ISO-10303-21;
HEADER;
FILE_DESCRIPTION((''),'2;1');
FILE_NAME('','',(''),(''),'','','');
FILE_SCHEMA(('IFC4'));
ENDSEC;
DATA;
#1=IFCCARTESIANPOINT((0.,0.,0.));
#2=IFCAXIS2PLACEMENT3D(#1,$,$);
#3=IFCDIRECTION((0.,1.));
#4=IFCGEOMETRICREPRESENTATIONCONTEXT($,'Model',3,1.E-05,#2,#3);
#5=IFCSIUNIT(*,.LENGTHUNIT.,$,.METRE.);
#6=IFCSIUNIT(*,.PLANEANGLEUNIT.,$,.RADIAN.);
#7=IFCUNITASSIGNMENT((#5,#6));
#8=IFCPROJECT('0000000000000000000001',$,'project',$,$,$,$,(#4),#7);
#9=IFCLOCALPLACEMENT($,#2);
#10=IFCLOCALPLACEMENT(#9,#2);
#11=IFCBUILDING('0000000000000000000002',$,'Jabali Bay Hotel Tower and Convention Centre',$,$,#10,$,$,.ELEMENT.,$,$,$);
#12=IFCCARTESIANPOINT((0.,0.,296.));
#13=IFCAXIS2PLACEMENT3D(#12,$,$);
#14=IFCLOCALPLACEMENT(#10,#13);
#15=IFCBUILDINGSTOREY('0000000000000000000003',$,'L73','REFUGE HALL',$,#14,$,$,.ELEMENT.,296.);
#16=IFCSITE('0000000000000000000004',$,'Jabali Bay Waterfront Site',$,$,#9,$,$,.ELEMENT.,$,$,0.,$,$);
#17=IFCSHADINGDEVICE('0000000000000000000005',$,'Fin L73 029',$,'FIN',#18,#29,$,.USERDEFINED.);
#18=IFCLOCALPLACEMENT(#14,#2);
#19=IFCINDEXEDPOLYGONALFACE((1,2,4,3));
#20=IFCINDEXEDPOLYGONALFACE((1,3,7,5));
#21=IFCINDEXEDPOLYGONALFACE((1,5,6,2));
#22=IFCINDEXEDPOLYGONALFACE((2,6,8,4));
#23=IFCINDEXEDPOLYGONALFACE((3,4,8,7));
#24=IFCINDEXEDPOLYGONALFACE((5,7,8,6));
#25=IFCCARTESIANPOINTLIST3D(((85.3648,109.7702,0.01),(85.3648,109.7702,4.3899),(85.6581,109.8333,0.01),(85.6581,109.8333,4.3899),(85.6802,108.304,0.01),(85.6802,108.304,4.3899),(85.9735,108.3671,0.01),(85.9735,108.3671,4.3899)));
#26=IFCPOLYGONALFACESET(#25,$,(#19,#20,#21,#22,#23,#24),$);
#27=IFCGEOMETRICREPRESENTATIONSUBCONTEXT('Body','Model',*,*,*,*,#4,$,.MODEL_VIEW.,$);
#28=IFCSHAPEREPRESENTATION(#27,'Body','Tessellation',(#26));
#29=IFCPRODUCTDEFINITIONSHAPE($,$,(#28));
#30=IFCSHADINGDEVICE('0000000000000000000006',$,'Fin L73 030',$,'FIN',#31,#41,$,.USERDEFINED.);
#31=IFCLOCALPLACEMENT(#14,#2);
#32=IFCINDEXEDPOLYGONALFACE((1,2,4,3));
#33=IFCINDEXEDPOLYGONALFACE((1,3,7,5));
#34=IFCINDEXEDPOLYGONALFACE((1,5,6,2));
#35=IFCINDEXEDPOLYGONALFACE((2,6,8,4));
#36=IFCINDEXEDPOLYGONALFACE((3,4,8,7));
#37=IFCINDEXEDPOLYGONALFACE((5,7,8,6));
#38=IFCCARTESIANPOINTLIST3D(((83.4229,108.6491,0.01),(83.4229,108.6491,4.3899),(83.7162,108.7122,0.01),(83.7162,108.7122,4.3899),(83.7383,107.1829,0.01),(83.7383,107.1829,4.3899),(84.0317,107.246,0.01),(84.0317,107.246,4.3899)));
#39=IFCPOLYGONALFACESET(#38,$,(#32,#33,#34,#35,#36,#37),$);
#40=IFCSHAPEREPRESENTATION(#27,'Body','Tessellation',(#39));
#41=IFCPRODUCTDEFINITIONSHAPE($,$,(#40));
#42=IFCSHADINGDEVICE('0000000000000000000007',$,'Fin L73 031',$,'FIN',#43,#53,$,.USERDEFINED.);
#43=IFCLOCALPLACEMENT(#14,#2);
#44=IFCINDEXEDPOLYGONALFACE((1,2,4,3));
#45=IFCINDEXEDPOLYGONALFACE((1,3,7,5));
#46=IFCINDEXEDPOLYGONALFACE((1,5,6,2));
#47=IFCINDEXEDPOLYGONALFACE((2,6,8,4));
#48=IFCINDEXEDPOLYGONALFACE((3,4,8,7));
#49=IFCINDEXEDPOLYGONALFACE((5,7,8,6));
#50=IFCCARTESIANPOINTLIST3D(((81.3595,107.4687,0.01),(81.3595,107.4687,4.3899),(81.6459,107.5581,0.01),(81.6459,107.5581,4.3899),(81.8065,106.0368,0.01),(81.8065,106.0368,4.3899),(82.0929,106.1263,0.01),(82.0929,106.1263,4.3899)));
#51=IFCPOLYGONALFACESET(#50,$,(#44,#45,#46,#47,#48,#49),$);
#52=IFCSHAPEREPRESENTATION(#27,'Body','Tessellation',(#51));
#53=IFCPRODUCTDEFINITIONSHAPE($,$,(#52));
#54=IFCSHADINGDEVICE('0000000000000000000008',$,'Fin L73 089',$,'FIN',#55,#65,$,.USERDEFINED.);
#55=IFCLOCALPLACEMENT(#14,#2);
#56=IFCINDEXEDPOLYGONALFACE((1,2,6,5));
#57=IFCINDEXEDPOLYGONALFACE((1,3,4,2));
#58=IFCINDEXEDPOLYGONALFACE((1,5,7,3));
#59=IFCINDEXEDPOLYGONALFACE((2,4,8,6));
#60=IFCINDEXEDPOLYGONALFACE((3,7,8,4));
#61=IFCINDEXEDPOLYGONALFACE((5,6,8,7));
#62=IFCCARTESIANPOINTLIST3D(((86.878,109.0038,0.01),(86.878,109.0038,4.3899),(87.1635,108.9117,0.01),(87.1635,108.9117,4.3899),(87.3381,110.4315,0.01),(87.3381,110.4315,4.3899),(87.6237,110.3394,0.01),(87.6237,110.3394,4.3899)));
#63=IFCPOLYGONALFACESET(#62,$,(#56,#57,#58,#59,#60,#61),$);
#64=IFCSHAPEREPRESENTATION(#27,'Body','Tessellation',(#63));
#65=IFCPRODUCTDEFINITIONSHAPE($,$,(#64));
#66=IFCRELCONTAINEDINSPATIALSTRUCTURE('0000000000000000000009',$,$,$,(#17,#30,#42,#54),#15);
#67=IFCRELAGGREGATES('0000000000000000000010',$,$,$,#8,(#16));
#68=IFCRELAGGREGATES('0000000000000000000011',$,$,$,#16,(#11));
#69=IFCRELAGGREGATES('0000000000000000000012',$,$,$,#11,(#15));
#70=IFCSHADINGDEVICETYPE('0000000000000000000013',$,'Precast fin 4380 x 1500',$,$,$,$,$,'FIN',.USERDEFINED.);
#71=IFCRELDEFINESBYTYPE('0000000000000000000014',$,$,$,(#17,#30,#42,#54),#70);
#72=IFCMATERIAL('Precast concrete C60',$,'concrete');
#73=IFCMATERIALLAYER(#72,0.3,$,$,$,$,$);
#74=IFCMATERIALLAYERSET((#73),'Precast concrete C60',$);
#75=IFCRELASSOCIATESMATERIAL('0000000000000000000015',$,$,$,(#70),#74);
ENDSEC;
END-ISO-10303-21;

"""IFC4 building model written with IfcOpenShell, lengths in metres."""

from ifc_helpers import new_model, si_unit, direction, frame, frame_2d, origin, place, context, subcontext, project, spatial, rectangle, extrude, material, layer, layer_set, type_object, element, save


model = new_model("IFC4")

# Units and contexts
model_context = context("Model", 3, precision=1e-05, world=origin(), true_north=direction((0.0, 1.0)))
body_context = subcontext(model_context, "Body", "Model", "MODEL_VIEW")
ifc_project = project(units=[si_unit("LENGTHUNIT", "METRE"), si_unit("PLANEANGLEUNIT", "RADIAN")], contexts=[model_context])

# Site, building, storey
site_placement = place(None, origin())
site = spatial("IfcSite", under=ifc_project, at=site_placement, Name="Jabali Bay Waterfront Site", CompositionType="ELEMENT", RefElevation=0.0)
building_placement = place(site_placement, origin())
building = spatial("IfcBuilding", under=site, at=building_placement, Name="Jabali Bay Hotel Tower and Convention Centre", CompositionType="ELEMENT")
storey_placement = place(building_placement, frame((0.0, 0.0, 296.0)))
storey = spatial("IfcBuildingStorey", under=building, at=storey_placement, Name="L73", Description="REFUGE HALL", CompositionType="ELEMENT", Elevation=296.0)

# Shading devices
ifc_material_1 = material(Name="Precast concrete C60", Category="concrete")
ifc_layer_1 = layer(ifc_material_1, 0.3)
ifc_layer_set_1 = layer_set([ifc_layer_1], Name="Precast concrete C60")
shading_device_type = type_object("IfcShadingDeviceType", Name="Precast fin 4380 x 1500", ElementType="FIN", PredefinedType="USERDEFINED", material=ifc_layer_set_1)
for number, where, z_axis, x_axis, name in (
    (1, (85.8269, 108.3354, 0.01), (0.0, 0.0, 1.0), (-0.210307, 0.977635, 0.0), "Fin L73 029"),
    (2, (83.885, 107.2144, 0.01), (0.0, 0.0, 1.0), (-0.210307, 0.977635, 0.0), "Fin L73 030"),
):
    element("IfcShadingDevice", number, at=place(storey_placement, frame(where, z_axis=z_axis, x_axis=x_axis)), inside=storey, type_object=shading_device_type, Name=name, ObjectType="FIN", PredefinedType="USERDEFINED", context=body_context, shape_type="SweptSolid", body=[
        extrude(rectangle(XDim=1.4998, YDim=0.3, at=frame_2d((0.75, 0.0))), origin(), (0.0, 0.0, 1.0), 4.3799),
    ])
for number, where, z_axis, x_axis, name in (
    (3, (81.9497, 106.0815, 0.01), (0.0, 0.0, 1.0), (-0.298006, 0.954564, 0.0), "Fin L73 031"),
    (4, (87.0208, 108.9578, 0.01), (0.0, 0.0, 1.0), (0.306789, 0.951778, 0.0), "Fin L73 089"),
):
    element("IfcShadingDevice", number, at=place(storey_placement, frame(where, z_axis=z_axis, x_axis=x_axis)), inside=storey, type_object=shading_device_type, Name=name, ObjectType="FIN", PredefinedType="USERDEFINED", context=body_context, shape_type="SweptSolid", body=[
        extrude(rectangle(XDim=1.5, YDim=0.3, at=frame_2d((0.75, 0.0))), origin(), (0.0, 0.0, 1.0), 4.3799),
    ])

save(model, "model.ifc")
